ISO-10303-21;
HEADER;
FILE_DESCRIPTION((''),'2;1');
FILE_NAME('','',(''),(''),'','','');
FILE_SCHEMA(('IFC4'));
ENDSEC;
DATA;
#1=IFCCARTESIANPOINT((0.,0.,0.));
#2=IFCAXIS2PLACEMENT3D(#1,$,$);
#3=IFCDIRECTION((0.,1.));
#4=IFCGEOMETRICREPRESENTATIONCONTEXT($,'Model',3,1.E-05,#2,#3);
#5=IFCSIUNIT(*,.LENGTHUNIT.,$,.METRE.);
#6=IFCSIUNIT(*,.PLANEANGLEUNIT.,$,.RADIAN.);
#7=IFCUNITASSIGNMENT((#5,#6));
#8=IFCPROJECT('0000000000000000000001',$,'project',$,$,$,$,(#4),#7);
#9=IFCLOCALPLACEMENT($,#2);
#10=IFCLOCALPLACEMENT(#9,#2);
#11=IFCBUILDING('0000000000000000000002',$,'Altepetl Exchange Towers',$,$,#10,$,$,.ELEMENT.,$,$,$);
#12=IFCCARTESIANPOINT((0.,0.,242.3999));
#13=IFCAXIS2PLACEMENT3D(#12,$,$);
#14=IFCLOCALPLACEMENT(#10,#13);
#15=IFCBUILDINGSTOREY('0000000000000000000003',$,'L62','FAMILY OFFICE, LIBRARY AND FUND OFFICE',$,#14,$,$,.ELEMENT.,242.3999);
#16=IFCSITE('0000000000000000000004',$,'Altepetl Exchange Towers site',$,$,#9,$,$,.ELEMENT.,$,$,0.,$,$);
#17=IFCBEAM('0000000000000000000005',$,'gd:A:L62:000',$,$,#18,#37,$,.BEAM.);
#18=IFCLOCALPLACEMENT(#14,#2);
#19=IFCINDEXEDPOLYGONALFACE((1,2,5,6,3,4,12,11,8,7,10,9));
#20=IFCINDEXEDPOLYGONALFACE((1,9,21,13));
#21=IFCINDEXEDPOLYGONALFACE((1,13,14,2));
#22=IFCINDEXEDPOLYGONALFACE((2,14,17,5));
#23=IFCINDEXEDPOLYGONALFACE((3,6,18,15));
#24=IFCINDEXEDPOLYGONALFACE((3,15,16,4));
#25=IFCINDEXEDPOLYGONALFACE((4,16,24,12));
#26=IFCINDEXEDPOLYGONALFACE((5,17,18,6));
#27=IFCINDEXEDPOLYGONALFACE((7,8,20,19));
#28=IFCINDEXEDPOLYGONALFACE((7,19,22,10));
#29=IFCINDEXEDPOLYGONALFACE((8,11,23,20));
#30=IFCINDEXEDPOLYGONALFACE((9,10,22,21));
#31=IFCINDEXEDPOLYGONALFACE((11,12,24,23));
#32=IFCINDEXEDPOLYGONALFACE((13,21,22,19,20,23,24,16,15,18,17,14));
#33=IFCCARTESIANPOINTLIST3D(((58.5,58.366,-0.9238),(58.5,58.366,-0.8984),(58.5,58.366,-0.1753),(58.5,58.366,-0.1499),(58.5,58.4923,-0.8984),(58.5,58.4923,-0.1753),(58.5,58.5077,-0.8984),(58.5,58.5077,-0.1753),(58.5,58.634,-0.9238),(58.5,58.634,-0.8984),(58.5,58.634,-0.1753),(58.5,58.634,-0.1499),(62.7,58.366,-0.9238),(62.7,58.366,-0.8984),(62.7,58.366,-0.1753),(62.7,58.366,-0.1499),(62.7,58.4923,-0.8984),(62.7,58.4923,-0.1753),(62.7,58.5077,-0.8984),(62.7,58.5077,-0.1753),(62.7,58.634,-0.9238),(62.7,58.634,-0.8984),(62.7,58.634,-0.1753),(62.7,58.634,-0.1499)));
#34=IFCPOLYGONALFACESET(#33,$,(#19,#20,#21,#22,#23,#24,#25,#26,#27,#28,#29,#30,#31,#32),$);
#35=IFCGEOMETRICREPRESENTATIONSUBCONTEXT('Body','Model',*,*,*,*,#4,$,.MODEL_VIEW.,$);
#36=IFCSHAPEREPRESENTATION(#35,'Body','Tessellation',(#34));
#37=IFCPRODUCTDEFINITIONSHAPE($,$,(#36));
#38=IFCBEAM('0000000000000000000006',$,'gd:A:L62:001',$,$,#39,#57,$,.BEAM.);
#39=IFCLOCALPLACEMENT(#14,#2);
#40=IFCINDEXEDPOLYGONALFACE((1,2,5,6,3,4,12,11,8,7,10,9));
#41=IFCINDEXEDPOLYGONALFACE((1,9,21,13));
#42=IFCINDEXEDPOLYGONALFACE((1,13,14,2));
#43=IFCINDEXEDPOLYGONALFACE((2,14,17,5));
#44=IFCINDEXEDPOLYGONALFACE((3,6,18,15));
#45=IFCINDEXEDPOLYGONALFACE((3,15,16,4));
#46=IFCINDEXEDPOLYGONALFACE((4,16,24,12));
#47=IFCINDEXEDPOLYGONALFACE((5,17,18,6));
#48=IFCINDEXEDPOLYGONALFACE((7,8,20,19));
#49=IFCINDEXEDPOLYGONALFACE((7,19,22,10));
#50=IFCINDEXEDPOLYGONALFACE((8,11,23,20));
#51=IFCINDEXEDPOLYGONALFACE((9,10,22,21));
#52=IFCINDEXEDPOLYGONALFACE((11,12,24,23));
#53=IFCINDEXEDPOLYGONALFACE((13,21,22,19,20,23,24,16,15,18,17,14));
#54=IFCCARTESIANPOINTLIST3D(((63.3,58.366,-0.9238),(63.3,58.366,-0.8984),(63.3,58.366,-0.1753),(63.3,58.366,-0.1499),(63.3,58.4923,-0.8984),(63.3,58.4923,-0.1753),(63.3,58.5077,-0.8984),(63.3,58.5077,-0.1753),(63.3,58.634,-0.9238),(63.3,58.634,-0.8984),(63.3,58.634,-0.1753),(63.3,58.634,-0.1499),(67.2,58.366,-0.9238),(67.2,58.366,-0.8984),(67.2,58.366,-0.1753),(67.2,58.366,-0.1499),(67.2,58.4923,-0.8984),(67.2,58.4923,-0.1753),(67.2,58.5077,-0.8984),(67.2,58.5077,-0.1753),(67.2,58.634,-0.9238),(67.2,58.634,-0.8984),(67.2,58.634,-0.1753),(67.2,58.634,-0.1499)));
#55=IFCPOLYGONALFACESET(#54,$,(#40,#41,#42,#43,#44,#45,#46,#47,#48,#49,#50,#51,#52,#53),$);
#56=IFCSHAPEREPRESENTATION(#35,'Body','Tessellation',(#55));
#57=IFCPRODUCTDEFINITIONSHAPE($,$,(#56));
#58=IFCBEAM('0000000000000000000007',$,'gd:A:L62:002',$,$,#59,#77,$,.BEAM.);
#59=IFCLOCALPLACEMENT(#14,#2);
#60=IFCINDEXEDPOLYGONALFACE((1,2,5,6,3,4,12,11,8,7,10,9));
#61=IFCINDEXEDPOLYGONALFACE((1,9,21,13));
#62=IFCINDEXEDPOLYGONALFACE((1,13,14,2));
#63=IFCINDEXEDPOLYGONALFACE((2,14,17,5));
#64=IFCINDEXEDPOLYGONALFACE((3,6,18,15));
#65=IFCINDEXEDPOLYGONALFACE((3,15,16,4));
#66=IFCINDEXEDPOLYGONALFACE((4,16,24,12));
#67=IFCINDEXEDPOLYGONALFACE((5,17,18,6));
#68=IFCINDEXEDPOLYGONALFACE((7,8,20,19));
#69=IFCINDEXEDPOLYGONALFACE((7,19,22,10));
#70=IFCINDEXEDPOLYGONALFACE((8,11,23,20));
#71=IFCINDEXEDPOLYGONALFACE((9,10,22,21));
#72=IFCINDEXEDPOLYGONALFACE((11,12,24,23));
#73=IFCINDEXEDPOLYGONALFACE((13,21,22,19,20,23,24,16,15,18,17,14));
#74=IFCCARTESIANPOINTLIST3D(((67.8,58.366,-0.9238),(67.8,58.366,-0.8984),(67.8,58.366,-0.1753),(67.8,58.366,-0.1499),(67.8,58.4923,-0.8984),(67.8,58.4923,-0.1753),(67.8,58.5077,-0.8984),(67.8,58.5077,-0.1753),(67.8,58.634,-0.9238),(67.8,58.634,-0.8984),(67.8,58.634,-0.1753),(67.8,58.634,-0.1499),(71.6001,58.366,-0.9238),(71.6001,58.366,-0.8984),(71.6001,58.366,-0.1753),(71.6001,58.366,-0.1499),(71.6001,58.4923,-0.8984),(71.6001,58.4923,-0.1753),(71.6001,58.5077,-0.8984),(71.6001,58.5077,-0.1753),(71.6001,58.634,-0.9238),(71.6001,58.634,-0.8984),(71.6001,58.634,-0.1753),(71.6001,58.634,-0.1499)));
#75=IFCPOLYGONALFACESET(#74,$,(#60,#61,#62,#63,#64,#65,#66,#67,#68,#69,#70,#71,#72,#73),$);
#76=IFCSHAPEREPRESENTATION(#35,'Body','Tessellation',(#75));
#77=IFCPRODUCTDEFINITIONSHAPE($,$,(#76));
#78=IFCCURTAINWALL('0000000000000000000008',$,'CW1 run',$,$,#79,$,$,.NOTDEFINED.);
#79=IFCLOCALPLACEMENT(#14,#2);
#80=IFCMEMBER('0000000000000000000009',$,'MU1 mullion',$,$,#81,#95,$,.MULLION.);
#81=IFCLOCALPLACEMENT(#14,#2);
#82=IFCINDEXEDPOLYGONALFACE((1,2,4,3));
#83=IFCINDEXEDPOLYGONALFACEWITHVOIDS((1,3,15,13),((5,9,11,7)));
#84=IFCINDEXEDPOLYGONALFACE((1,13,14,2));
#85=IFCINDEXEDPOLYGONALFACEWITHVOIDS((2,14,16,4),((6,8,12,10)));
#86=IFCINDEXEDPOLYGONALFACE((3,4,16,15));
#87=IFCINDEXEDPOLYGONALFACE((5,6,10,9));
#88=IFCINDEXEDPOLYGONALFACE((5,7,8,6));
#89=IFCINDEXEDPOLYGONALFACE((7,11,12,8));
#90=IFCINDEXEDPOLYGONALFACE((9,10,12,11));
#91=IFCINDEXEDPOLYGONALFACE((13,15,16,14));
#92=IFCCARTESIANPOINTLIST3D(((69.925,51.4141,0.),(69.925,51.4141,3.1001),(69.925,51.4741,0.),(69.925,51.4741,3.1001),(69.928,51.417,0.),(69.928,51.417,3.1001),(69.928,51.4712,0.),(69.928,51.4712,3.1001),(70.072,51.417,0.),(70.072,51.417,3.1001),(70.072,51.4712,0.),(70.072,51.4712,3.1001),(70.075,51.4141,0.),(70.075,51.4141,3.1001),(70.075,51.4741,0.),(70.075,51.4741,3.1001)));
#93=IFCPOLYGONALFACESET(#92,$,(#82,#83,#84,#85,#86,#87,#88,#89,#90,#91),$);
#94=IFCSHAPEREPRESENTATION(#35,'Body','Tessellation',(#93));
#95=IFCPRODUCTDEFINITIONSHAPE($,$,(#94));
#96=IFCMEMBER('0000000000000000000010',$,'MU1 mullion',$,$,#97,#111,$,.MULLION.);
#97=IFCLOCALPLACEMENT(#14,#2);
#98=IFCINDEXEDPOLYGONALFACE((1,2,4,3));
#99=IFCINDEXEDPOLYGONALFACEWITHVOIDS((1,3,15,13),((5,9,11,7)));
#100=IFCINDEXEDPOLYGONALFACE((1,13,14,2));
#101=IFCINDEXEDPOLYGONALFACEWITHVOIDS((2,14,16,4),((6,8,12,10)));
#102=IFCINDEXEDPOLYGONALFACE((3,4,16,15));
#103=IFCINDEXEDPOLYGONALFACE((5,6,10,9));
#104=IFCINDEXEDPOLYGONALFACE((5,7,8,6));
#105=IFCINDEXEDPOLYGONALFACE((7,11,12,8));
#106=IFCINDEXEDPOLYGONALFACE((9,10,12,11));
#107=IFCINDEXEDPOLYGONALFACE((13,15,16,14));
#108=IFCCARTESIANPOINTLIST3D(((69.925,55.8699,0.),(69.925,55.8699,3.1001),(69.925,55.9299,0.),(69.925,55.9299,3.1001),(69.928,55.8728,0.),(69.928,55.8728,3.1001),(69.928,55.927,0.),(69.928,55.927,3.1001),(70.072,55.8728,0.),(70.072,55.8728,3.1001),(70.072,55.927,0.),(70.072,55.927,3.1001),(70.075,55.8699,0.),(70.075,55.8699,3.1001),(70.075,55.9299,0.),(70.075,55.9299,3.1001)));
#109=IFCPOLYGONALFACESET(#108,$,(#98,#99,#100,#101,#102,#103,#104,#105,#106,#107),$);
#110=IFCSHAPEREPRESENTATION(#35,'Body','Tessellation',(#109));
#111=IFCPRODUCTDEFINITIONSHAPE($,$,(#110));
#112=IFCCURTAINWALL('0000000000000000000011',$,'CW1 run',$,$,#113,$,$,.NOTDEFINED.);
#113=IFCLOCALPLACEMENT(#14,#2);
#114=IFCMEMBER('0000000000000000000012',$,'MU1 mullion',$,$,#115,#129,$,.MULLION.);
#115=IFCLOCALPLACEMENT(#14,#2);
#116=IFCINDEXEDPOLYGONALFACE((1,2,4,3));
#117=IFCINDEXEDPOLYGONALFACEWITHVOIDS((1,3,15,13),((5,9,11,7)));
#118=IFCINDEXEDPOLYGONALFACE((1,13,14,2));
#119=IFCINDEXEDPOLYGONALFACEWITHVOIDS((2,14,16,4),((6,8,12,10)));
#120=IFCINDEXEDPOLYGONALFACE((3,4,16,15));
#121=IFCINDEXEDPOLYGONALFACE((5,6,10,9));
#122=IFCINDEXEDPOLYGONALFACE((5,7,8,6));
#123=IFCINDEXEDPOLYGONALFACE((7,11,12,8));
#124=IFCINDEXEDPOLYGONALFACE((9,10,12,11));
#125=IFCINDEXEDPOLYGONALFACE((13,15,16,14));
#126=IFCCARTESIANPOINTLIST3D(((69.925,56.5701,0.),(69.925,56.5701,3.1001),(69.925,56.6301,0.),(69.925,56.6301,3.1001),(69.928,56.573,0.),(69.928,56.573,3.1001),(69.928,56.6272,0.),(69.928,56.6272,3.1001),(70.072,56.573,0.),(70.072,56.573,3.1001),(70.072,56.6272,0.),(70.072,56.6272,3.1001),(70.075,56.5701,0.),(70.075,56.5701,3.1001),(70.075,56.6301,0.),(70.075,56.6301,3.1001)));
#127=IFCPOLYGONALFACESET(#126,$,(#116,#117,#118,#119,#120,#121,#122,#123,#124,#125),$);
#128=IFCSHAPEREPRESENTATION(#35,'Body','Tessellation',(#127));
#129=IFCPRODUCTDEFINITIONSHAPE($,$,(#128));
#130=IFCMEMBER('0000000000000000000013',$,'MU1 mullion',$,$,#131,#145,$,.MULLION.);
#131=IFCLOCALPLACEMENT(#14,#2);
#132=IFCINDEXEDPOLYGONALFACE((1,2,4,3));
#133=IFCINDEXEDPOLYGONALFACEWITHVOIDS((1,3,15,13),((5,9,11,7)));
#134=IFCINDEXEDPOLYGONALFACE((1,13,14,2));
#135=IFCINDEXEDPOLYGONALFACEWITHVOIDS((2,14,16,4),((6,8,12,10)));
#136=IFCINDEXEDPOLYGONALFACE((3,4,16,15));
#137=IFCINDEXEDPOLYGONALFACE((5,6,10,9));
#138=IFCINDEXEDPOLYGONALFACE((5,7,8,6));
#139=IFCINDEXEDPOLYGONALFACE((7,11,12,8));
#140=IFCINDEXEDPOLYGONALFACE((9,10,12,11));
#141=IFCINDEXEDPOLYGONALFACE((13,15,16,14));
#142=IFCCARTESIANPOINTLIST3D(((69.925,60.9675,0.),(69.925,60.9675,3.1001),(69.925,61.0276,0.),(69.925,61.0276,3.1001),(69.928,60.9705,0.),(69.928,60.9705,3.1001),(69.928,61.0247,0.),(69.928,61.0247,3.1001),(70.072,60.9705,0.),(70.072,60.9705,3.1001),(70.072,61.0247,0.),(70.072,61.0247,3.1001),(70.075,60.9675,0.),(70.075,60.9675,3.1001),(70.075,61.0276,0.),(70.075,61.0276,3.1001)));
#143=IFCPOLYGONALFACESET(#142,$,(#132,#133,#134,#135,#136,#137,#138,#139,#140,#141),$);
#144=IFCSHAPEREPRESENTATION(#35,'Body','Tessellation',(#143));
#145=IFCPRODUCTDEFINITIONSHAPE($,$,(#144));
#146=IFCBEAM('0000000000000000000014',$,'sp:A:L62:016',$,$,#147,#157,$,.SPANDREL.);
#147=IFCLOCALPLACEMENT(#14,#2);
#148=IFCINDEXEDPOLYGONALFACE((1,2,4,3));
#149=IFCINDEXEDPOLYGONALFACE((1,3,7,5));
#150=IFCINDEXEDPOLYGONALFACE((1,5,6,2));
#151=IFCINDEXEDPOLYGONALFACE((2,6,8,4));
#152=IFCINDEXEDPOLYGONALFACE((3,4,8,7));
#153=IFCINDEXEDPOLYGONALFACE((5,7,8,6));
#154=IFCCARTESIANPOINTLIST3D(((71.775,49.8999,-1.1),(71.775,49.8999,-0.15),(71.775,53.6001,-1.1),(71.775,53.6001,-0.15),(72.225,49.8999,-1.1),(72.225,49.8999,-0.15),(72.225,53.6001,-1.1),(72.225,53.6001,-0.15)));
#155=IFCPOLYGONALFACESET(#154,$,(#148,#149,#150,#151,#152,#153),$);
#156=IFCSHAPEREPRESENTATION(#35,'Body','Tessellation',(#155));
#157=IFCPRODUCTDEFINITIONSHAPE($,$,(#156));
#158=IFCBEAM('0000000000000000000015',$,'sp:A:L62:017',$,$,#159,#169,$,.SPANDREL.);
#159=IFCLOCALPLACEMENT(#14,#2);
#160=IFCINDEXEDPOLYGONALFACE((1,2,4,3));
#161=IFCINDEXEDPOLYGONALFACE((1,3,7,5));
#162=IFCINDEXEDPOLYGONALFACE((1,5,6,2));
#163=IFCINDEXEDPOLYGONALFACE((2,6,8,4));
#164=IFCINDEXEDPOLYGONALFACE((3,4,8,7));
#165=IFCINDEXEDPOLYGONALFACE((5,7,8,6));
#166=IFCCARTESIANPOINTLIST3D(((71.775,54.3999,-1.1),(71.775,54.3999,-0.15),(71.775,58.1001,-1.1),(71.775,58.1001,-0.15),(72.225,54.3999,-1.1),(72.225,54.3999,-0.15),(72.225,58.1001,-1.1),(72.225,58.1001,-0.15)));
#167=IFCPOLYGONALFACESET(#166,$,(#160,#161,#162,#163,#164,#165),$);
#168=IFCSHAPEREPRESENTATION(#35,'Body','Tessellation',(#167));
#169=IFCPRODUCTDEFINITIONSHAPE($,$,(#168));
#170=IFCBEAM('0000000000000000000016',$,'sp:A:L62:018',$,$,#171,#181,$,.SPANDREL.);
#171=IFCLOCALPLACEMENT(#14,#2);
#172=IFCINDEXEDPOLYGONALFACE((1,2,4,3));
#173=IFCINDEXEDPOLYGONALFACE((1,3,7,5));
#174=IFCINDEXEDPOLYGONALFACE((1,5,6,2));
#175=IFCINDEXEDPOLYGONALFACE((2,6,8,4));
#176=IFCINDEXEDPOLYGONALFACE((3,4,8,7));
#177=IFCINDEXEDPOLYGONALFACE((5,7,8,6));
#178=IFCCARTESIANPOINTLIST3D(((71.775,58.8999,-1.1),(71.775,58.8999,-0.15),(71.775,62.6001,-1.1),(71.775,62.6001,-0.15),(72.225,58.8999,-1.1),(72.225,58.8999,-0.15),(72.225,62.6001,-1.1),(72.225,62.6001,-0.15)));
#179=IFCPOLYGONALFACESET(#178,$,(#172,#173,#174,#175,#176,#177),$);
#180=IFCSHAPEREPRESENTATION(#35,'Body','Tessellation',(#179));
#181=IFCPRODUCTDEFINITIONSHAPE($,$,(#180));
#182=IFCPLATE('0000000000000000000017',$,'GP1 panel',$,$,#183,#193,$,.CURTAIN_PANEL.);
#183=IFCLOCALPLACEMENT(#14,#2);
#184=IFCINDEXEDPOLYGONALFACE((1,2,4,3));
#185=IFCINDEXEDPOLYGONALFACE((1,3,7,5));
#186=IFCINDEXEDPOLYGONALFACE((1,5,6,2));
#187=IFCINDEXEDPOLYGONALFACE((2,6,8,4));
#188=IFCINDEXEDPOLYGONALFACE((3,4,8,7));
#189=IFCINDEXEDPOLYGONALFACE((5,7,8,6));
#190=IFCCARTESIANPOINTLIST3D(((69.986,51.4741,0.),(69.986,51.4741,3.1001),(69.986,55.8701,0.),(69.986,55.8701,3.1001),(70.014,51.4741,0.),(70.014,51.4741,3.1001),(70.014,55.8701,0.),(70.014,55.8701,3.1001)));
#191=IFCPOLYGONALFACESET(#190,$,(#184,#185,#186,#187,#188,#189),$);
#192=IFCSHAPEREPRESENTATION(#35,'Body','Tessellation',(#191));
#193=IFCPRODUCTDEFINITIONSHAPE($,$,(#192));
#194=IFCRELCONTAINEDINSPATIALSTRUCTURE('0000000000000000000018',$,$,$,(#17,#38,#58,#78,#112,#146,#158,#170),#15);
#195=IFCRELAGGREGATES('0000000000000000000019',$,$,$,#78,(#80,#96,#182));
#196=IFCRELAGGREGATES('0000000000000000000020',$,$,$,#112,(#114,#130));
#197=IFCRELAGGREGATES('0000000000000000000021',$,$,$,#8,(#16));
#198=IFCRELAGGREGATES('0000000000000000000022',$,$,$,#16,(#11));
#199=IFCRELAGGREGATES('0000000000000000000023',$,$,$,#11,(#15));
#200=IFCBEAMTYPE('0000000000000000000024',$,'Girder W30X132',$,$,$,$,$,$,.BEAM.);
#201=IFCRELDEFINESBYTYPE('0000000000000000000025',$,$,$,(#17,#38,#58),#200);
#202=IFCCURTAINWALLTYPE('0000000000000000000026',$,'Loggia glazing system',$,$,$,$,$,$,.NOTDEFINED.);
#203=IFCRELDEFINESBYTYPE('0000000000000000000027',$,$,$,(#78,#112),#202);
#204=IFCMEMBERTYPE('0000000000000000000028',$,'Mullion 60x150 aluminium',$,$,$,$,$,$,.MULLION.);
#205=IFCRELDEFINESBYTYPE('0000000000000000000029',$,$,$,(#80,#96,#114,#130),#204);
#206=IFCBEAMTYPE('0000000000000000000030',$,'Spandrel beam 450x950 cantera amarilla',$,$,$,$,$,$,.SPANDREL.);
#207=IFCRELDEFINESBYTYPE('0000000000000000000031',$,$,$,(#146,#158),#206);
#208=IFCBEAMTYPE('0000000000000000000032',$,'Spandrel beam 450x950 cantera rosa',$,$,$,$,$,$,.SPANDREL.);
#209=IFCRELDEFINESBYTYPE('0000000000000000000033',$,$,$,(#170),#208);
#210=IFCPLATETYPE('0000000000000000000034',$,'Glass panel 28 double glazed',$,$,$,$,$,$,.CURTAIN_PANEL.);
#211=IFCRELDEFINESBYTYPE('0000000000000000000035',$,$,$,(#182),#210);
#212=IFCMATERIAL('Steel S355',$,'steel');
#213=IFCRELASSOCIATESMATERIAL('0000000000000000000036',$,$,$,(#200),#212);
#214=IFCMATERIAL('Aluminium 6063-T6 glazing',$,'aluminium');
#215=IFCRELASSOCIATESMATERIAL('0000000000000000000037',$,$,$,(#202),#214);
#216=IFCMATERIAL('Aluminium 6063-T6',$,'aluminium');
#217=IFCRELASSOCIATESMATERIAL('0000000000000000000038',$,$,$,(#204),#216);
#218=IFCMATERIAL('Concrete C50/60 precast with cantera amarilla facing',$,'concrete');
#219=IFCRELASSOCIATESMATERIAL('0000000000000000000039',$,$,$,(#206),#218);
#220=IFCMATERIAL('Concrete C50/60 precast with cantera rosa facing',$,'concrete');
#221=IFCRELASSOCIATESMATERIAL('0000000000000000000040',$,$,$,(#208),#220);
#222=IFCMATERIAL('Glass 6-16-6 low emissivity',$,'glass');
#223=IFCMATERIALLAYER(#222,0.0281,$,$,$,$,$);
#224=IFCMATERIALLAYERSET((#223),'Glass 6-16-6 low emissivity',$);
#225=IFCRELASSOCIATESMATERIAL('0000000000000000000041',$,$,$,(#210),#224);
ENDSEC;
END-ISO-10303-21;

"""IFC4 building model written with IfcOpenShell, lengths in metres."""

from ifc_helpers import new_model, si_unit, direction, frame, origin, origin_2d, place, context, subcontext, project, spatial, rectangle, hollow_rectangle, i_section, extrude, material, layer, layer_set, material_profile, profile_set, type_object, element, aggregate, save


model = new_model("IFC4")

# Units and contexts
model_context = context("Model", 3, precision=1e-05, world=origin(), true_north=direction((0.0, 1.0)))
body_context = subcontext(model_context, "Body", "Model", "MODEL_VIEW")
ifc_project = project(units=[si_unit("LENGTHUNIT", "METRE"), si_unit("PLANEANGLEUNIT", "RADIAN")], contexts=[model_context])

# Site, building, storey
site_placement = place(None, origin())
site = spatial("IfcSite", under=ifc_project, at=site_placement, Name="Altepetl Exchange Towers site", CompositionType="ELEMENT", RefElevation=0.0)
building_placement = place(site_placement, origin())
building = spatial("IfcBuilding", under=site, at=building_placement, Name="Altepetl Exchange Towers", CompositionType="ELEMENT")
storey_placement = place(building_placement, frame((0.0, 0.0, 242.3999)))
storey = spatial("IfcBuildingStorey", under=building, at=storey_placement, Name="L62", Description="FAMILY OFFICE, LIBRARY AND FUND OFFICE", CompositionType="ELEMENT", Elevation=242.3999)

# Beams
ifc_material_1 = material(Name="Steel S355", Category="steel")
ifc_material_profile_1 = material_profile(ifc_material_1, i_section(OverallWidth=0.2681, OverallDepth=0.7739, WebThickness=0.0154, FlangeThickness=0.0254, at=origin_2d()), Name="W30X132")
ifc_profile_set_1 = profile_set([ifc_material_profile_1], Name="Steel S355")
beam_type_1 = type_object("IfcBeamType", Name="Girder W30X132", PredefinedType="BEAM", material=ifc_profile_set_1)
beam_1_placement = place(storey_placement, frame((58.5, 58.5, -0.5369), z_axis=(1.0, 0.0, 0.0), x_axis=(0.0, 1.0, 0.0)))
element("IfcBeam", 1, at=beam_1_placement, inside=storey, type_object=beam_type_1, Name="gd:A:L62:000", PredefinedType="BEAM", context=body_context, shape_type="SweptSolid", body=[
    extrude(i_section(OverallWidth=0.2681, OverallDepth=0.7739, WebThickness=0.0154, FlangeThickness=0.0254, at=origin_2d()), origin(), (0.0, 0.0, 1.0), 4.2),
])
beam_2_placement = place(storey_placement, frame((63.3, 58.5, -0.5369), z_axis=(1.0, 0.0, 0.0), x_axis=(0.0, 1.0, 0.0)))
element("IfcBeam", 2, at=beam_2_placement, inside=storey, type_object=beam_type_1, Name="gd:A:L62:001", PredefinedType="BEAM", context=body_context, shape_type="SweptSolid", body=[
    extrude(i_section(OverallWidth=0.2681, OverallDepth=0.7739, WebThickness=0.0154, FlangeThickness=0.0254, at=origin_2d()), origin(), (0.0, 0.0, 1.0), 3.8999),
])
beam_3_placement = place(storey_placement, frame((67.8, 58.5, -0.5369), z_axis=(1.0, 0.0, 0.0), x_axis=(0.0, 1.0, 0.0)))
element("IfcBeam", 3, at=beam_3_placement, inside=storey, type_object=beam_type_1, Name="gd:A:L62:002", PredefinedType="BEAM", context=body_context, shape_type="SweptSolid", body=[
    extrude(i_section(OverallWidth=0.2681, OverallDepth=0.7739, WebThickness=0.0154, FlangeThickness=0.0254, at=origin_2d()), origin(), (0.0, 0.0, 1.0), 3.8),
])

# Curtain walls, members
ifc_material_2 = material(Name="Aluminium 6063-T6 glazing", Category="aluminium")
curtain_wall_type = type_object("IfcCurtainWallType", Name="Loggia glazing system", PredefinedType="NOTDEFINED", material=ifc_material_2)
curtain_wall_1_placement = place(storey_placement, origin())
curtain_wall_1 = element("IfcCurtainWall", 4, at=curtain_wall_1_placement, inside=storey, type_object=curtain_wall_type, Name="CW1 run", PredefinedType="NOTDEFINED")
ifc_material_3 = material(Name="Aluminium 6063-T6", Category="aluminium")
ifc_material_profile_2 = material_profile(ifc_material_3, hollow_rectangle(XDim=0.0601, YDim=0.1499, WallThickness=0.0029, at=origin_2d()), Name="Mullion 60x150 aluminium")
ifc_profile_set_2 = profile_set([ifc_material_profile_2], Name="Aluminium 6063-T6")
member_type = type_object("IfcMemberType", Name="Mullion 60x150 aluminium", PredefinedType="MULLION", material=ifc_profile_set_2)
member_1_placement = place(storey_placement, frame((70.0, 51.4441, 0.0), z_axis=(0.0, 0.0, 1.0), x_axis=(0.0, 1.0, 0.0)))
member_1 = element("IfcMember", 5, at=member_1_placement, type_object=member_type, Name="MU1 mullion", PredefinedType="MULLION", context=body_context, shape_type="SweptSolid", body=[
    extrude(hollow_rectangle(XDim=0.0601, YDim=0.1499, WallThickness=0.0029, at=origin_2d()), origin(), (0.0, 0.0, 1.0), 3.1001),
])
member_2_placement = place(storey_placement, frame((70.0, 55.8999, 0.0), z_axis=(0.0, 0.0, 1.0), x_axis=(0.0, 1.0, 0.0)))
member_2 = element("IfcMember", 6, at=member_2_placement, type_object=member_type, Name="MU1 mullion", PredefinedType="MULLION", context=body_context, shape_type="SweptSolid", body=[
    extrude(hollow_rectangle(XDim=0.0601, YDim=0.1499, WallThickness=0.0029, at=origin_2d()), origin(), (0.0, 0.0, 1.0), 3.1001),
])
curtain_wall_2_placement = place(storey_placement, origin())
curtain_wall_2 = element("IfcCurtainWall", 7, at=curtain_wall_2_placement, inside=storey, type_object=curtain_wall_type, Name="CW1 run", PredefinedType="NOTDEFINED")
member_3_placement = place(storey_placement, frame((70.0, 56.6001, 0.0), z_axis=(0.0, 0.0, 1.0), x_axis=(0.0, 1.0, 0.0)))
member_3 = element("IfcMember", 8, at=member_3_placement, type_object=member_type, Name="MU1 mullion", PredefinedType="MULLION", context=body_context, shape_type="SweptSolid", body=[
    extrude(hollow_rectangle(XDim=0.0601, YDim=0.1499, WallThickness=0.0029, at=origin_2d()), origin(), (0.0, 0.0, 1.0), 3.1001),
])
member_4_placement = place(storey_placement, frame((70.0, 60.9976, 0.0), z_axis=(0.0, 0.0, 1.0), x_axis=(0.0, 1.0, 0.0)))
member_4 = element("IfcMember", 9, at=member_4_placement, type_object=member_type, Name="MU1 mullion", PredefinedType="MULLION", context=body_context, shape_type="SweptSolid", body=[
    extrude(hollow_rectangle(XDim=0.0601, YDim=0.1499, WallThickness=0.0029, at=origin_2d()), origin(), (0.0, 0.0, 1.0), 3.1001),
])

# Beams
ifc_material_4 = material(Name="Concrete C50/60 precast with cantera amarilla facing", Category="concrete")
ifc_material_profile_3 = material_profile(ifc_material_4, rectangle(XDim=0.45, YDim=0.95, at=origin_2d()), Name="450 x 950")
ifc_profile_set_3 = profile_set([ifc_material_profile_3], Name="Concrete C50/60 precast with cantera amarilla facing")
beam_type_2 = type_object("IfcBeamType", Name="Spandrel beam 450x950 cantera amarilla", PredefinedType="SPANDREL", material=ifc_profile_set_3)
for number, where, z_axis, x_axis, name in (
    (10, (72.0, 49.8999, -0.625), (0.0, 1.0, 0.0), (-1.0, 0.0, 0.0), "sp:A:L62:016"),
    (11, (72.0, 54.3999, -0.625), (0.0, 1.0, 0.0), (-1.0, 0.0, 0.0), "sp:A:L62:017"),
):
    element("IfcBeam", number, at=place(storey_placement, frame(where, z_axis=z_axis, x_axis=x_axis)), inside=storey, type_object=beam_type_2, Name=name, PredefinedType="SPANDREL", context=body_context, shape_type="SweptSolid", body=[
        extrude(rectangle(XDim=0.45, YDim=0.95, at=origin_2d()), origin(), (0.0, 0.0, 1.0), 3.7002),
    ])
ifc_material_5 = material(Name="Concrete C50/60 precast with cantera rosa facing", Category="concrete")
ifc_material_profile_4 = material_profile(ifc_material_5, rectangle(XDim=0.45, YDim=0.95, at=origin_2d()), Name="450 x 950")
ifc_profile_set_4 = profile_set([ifc_material_profile_4], Name="Concrete C50/60 precast with cantera rosa facing")
beam_type_3 = type_object("IfcBeamType", Name="Spandrel beam 450x950 cantera rosa", PredefinedType="SPANDREL", material=ifc_profile_set_4)
beam_4_placement = place(storey_placement, frame((72.0, 58.8999, -0.625), z_axis=(0.0, 1.0, 0.0), x_axis=(-1.0, 0.0, 0.0)))
element("IfcBeam", 12, at=beam_4_placement, inside=storey, type_object=beam_type_3, Name="sp:A:L62:018", PredefinedType="SPANDREL", context=body_context, shape_type="SweptSolid", body=[
    extrude(rectangle(XDim=0.45, YDim=0.95, at=origin_2d()), origin(), (0.0, 0.0, 1.0), 3.7002),
])

# Plate
ifc_material_6 = material(Name="Glass 6-16-6 low emissivity", Category="glass")
ifc_layer_1 = layer(ifc_material_6, 0.0281)
ifc_layer_set_1 = layer_set([ifc_layer_1], Name="Glass 6-16-6 low emissivity")
plate_type = type_object("IfcPlateType", Name="Glass panel 28 double glazed", PredefinedType="CURTAIN_PANEL", material=ifc_layer_set_1)
plate_1_placement = place(storey_placement, frame((70.0, 53.6721, 0.0), z_axis=(0.0, 0.0, 1.0), x_axis=(0.0, 1.0, 0.0)))
plate_1 = element("IfcPlate", 13, at=plate_1_placement, type_object=plate_type, Name="GP1 panel", PredefinedType="CURTAIN_PANEL", context=body_context, shape_type="SweptSolid", body=[
    extrude(rectangle(XDim=4.396, YDim=0.0281, at=origin_2d()), origin(), (0.0, 0.0, 1.0), 3.1001),
])
aggregate(curtain_wall_1, [member_1, member_2, plate_1])
aggregate(curtain_wall_2, [member_3, member_4])

save(model, "model.ifc")
